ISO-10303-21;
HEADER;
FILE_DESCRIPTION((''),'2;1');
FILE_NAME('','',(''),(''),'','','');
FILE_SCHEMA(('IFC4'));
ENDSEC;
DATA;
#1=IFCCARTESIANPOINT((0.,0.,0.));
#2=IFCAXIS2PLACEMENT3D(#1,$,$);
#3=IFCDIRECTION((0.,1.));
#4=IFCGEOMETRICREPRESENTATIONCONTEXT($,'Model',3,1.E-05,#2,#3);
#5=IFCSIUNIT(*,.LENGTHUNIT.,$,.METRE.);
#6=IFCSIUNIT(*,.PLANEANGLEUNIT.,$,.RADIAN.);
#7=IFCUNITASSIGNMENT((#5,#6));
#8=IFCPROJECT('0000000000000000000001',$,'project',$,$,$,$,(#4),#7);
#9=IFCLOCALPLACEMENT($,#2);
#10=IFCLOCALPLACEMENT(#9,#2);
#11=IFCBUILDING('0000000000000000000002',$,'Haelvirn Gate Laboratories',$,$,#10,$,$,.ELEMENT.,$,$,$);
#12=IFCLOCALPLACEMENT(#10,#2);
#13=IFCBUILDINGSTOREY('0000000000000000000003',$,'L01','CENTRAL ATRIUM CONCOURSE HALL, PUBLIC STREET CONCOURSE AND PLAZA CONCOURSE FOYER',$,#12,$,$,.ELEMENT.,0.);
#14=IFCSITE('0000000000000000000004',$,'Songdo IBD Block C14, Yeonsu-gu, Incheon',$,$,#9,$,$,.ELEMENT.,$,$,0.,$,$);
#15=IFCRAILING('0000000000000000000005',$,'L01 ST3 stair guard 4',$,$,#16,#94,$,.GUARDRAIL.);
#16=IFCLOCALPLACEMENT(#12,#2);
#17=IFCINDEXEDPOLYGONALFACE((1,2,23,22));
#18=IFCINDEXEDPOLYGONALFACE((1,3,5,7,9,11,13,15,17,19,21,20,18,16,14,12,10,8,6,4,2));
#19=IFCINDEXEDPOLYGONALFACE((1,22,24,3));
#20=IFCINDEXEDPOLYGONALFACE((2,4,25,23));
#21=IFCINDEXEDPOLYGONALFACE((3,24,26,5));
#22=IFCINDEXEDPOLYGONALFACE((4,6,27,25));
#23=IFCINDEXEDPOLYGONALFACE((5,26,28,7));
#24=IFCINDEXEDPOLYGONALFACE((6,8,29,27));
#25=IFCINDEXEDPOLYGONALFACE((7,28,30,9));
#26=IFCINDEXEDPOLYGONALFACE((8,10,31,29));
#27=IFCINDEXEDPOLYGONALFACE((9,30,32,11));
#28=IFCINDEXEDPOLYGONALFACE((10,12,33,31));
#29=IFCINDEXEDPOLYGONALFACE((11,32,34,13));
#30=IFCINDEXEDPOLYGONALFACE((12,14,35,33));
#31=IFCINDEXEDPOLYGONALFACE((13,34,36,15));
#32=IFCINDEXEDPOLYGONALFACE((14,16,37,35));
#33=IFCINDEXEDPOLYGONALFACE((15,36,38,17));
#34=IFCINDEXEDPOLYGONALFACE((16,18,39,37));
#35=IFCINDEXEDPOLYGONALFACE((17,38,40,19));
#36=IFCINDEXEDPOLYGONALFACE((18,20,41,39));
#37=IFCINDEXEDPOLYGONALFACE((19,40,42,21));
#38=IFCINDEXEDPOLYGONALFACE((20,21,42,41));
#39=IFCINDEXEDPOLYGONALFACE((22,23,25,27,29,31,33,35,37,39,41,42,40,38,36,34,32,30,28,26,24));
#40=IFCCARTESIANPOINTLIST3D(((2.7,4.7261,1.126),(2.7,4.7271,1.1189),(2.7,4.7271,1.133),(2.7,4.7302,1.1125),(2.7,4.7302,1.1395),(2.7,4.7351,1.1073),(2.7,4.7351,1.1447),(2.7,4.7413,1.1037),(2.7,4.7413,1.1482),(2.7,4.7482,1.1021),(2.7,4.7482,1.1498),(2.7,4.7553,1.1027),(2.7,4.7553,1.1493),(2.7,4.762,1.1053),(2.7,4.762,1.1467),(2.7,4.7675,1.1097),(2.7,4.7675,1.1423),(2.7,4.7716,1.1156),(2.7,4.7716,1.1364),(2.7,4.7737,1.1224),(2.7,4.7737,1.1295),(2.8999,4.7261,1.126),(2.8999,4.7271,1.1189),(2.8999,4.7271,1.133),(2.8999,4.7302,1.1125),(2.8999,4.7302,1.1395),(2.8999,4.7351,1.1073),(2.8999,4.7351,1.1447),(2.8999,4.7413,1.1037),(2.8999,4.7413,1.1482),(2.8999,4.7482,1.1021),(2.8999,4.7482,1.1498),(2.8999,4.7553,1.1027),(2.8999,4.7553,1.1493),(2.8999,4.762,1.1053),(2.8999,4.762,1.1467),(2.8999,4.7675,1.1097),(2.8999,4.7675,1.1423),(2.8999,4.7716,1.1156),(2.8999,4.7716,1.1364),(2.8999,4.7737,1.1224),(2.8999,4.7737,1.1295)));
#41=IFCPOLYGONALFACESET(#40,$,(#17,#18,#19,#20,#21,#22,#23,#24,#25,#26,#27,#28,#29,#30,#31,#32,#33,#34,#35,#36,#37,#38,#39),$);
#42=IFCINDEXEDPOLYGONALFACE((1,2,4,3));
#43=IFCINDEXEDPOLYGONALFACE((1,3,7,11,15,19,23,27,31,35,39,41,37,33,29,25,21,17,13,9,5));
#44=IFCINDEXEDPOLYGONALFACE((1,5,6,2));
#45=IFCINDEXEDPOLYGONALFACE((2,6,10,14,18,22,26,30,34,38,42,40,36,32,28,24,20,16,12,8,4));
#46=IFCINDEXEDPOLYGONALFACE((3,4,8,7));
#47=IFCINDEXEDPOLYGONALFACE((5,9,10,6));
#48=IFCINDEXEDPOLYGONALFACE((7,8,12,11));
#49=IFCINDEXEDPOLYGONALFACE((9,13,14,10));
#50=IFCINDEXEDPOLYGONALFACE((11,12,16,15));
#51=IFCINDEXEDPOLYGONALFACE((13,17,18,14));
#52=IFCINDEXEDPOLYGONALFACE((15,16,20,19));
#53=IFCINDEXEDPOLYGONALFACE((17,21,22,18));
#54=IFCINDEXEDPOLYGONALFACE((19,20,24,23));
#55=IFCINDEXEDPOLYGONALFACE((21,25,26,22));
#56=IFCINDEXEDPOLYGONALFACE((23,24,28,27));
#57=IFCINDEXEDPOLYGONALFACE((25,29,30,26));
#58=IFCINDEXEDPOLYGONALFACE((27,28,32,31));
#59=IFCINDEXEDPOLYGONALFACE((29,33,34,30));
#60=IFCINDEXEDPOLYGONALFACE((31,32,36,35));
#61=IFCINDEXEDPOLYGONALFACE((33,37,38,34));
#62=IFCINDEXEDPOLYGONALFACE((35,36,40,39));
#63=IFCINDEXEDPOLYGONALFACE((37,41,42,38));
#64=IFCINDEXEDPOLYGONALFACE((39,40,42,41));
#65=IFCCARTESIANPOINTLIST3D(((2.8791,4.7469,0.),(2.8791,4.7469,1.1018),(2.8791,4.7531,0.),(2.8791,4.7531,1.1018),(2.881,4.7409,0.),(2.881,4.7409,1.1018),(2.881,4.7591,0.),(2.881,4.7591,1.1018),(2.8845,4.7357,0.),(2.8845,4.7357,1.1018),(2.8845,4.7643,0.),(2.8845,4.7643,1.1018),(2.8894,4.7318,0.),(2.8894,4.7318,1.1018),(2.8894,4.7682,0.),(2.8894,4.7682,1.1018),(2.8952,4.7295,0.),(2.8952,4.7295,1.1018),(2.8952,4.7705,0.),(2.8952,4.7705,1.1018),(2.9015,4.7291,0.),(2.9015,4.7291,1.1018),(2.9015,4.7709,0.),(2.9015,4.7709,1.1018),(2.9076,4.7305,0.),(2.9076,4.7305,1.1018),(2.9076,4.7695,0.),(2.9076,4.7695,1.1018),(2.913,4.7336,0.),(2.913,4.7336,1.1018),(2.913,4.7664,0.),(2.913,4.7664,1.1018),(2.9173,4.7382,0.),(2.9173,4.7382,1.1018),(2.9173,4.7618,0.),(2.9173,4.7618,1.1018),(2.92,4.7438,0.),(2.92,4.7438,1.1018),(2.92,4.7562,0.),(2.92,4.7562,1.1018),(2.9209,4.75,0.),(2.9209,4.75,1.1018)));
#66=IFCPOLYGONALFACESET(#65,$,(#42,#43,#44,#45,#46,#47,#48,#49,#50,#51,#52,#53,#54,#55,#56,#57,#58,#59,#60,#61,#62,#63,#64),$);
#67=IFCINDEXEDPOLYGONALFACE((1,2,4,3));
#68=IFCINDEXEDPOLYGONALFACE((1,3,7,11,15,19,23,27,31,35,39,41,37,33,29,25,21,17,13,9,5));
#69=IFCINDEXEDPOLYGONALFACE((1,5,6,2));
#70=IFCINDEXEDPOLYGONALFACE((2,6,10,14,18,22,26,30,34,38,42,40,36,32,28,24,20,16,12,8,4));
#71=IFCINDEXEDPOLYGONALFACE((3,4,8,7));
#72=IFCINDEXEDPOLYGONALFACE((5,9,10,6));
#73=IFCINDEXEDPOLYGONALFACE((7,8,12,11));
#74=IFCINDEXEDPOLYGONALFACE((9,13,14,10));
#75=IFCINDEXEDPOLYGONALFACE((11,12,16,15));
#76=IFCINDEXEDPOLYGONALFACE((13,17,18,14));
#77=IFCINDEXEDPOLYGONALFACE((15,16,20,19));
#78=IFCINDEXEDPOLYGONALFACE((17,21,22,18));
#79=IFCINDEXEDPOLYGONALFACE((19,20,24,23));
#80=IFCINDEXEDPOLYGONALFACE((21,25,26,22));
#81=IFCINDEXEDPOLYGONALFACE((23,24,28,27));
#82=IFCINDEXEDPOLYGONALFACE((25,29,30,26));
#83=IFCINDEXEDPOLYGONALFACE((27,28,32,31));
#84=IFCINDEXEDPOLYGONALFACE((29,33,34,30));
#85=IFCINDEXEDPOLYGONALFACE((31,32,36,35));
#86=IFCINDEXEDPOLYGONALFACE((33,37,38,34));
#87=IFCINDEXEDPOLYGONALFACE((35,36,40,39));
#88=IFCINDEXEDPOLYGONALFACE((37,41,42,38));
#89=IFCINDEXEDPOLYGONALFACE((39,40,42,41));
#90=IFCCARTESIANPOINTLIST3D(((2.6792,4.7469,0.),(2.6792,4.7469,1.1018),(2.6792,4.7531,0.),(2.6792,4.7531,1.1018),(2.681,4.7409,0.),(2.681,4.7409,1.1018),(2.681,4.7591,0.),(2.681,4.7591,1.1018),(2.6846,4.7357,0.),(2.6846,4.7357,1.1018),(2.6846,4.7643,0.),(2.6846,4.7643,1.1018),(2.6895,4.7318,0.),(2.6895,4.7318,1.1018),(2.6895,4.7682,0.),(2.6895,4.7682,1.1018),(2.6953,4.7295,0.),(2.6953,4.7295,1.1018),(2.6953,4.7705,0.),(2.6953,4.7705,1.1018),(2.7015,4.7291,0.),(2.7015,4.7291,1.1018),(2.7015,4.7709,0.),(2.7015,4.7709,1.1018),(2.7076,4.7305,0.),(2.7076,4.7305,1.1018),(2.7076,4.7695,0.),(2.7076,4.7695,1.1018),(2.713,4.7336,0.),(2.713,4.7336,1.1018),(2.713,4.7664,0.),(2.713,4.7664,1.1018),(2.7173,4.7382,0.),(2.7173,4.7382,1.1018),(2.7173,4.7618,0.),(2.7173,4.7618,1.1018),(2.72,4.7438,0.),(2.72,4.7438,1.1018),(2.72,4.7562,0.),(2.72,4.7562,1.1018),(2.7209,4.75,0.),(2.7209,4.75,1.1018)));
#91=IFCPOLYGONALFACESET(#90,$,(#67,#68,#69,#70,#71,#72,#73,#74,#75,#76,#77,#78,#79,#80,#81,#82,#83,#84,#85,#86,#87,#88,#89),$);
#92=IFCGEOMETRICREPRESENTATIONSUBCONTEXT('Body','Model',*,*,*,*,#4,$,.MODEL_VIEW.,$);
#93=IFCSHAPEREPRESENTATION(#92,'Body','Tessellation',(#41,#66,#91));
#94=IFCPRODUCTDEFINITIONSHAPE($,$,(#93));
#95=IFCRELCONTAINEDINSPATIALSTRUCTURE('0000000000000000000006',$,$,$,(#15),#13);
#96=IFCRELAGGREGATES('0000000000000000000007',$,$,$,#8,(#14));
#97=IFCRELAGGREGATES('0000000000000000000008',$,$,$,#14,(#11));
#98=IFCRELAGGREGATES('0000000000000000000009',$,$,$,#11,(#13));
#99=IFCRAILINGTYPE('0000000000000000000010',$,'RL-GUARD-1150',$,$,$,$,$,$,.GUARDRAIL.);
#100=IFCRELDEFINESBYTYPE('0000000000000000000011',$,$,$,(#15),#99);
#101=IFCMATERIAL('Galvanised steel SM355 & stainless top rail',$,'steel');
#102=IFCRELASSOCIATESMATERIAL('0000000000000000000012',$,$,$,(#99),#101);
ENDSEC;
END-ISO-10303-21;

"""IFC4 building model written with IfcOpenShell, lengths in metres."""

from ifc_helpers import new_model, si_unit, direction, frame, origin, origin_2d, place, context, subcontext, project, spatial, circle, extrude, source, transform, mapped, material, type_object, element, save


model = new_model("IFC4")

# Units and contexts
model_context = context("Model", 3, precision=1e-05, world=origin(), true_north=direction((0.0, 1.0)))
body_context = subcontext(model_context, "Body", "Model", "MODEL_VIEW")
ifc_project = project(units=[si_unit("LENGTHUNIT", "METRE"), si_unit("PLANEANGLEUNIT", "RADIAN")], contexts=[model_context])

# Site, building, storey
site_placement = place(None, origin())
site = spatial("IfcSite", under=ifc_project, at=site_placement, Name="Songdo IBD Block C14, Yeonsu-gu, Incheon", CompositionType="ELEMENT", RefElevation=0.0)
building_placement = place(site_placement, origin())
building = spatial("IfcBuilding", under=site, at=building_placement, Name="Haelvirn Gate Laboratories", CompositionType="ELEMENT")
storey_placement = place(building_placement, origin())
storey = spatial("IfcBuildingStorey", under=building, at=storey_placement, Name="L01", Description="CENTRAL ATRIUM CONCOURSE HALL, PUBLIC STREET CONCOURSE AND PLAZA CONCOURSE FOYER", CompositionType="ELEMENT", Elevation=0.0)

# Railing
ifc_material_1 = material(Name="Galvanised steel SM355 & stainless top rail", Category="steel")
railing_type_1 = type_object("IfcRailingType", Name="RL-GUARD-1150", PredefinedType="GUARDRAIL", material=ifc_material_1)
shared_shape_1 = source(origin(), body_context, "Body", "SweptSolid", [
    extrude(circle(Radius=0.0239, at=origin_2d()), frame((0.0, 0.0, 1.126), z_axis=(-1.0, 0.0, 0.0), x_axis=(0.0, -1.0, 0.0)), (0.0, 0.0, 1.0), 0.2),
    extrude(circle(Radius=0.021, at=origin_2d()), origin(), (0.0, 0.0, 1.0), 1.1018),
    extrude(circle(Radius=0.021, at=origin_2d()), frame((-0.2, 0.0, 0.0)), (0.0, 0.0, 1.0), 1.1018),
])
for number, where, name in (
    (1, (2.8999, 4.75, 0.0), "L01 ST3 stair guard 4"),
):
    element("IfcRailing", number, at=place(storey_placement, frame(where)), inside=storey, type_object=railing_type_1, Name=name, PredefinedType="GUARDRAIL", context=body_context, shape_type="MappedRepresentation", body=[
        mapped(shared_shape_1, transform((0.0, 0.0, 0.0), scale=1.0)),
    ])

save(model, "model.ifc")
